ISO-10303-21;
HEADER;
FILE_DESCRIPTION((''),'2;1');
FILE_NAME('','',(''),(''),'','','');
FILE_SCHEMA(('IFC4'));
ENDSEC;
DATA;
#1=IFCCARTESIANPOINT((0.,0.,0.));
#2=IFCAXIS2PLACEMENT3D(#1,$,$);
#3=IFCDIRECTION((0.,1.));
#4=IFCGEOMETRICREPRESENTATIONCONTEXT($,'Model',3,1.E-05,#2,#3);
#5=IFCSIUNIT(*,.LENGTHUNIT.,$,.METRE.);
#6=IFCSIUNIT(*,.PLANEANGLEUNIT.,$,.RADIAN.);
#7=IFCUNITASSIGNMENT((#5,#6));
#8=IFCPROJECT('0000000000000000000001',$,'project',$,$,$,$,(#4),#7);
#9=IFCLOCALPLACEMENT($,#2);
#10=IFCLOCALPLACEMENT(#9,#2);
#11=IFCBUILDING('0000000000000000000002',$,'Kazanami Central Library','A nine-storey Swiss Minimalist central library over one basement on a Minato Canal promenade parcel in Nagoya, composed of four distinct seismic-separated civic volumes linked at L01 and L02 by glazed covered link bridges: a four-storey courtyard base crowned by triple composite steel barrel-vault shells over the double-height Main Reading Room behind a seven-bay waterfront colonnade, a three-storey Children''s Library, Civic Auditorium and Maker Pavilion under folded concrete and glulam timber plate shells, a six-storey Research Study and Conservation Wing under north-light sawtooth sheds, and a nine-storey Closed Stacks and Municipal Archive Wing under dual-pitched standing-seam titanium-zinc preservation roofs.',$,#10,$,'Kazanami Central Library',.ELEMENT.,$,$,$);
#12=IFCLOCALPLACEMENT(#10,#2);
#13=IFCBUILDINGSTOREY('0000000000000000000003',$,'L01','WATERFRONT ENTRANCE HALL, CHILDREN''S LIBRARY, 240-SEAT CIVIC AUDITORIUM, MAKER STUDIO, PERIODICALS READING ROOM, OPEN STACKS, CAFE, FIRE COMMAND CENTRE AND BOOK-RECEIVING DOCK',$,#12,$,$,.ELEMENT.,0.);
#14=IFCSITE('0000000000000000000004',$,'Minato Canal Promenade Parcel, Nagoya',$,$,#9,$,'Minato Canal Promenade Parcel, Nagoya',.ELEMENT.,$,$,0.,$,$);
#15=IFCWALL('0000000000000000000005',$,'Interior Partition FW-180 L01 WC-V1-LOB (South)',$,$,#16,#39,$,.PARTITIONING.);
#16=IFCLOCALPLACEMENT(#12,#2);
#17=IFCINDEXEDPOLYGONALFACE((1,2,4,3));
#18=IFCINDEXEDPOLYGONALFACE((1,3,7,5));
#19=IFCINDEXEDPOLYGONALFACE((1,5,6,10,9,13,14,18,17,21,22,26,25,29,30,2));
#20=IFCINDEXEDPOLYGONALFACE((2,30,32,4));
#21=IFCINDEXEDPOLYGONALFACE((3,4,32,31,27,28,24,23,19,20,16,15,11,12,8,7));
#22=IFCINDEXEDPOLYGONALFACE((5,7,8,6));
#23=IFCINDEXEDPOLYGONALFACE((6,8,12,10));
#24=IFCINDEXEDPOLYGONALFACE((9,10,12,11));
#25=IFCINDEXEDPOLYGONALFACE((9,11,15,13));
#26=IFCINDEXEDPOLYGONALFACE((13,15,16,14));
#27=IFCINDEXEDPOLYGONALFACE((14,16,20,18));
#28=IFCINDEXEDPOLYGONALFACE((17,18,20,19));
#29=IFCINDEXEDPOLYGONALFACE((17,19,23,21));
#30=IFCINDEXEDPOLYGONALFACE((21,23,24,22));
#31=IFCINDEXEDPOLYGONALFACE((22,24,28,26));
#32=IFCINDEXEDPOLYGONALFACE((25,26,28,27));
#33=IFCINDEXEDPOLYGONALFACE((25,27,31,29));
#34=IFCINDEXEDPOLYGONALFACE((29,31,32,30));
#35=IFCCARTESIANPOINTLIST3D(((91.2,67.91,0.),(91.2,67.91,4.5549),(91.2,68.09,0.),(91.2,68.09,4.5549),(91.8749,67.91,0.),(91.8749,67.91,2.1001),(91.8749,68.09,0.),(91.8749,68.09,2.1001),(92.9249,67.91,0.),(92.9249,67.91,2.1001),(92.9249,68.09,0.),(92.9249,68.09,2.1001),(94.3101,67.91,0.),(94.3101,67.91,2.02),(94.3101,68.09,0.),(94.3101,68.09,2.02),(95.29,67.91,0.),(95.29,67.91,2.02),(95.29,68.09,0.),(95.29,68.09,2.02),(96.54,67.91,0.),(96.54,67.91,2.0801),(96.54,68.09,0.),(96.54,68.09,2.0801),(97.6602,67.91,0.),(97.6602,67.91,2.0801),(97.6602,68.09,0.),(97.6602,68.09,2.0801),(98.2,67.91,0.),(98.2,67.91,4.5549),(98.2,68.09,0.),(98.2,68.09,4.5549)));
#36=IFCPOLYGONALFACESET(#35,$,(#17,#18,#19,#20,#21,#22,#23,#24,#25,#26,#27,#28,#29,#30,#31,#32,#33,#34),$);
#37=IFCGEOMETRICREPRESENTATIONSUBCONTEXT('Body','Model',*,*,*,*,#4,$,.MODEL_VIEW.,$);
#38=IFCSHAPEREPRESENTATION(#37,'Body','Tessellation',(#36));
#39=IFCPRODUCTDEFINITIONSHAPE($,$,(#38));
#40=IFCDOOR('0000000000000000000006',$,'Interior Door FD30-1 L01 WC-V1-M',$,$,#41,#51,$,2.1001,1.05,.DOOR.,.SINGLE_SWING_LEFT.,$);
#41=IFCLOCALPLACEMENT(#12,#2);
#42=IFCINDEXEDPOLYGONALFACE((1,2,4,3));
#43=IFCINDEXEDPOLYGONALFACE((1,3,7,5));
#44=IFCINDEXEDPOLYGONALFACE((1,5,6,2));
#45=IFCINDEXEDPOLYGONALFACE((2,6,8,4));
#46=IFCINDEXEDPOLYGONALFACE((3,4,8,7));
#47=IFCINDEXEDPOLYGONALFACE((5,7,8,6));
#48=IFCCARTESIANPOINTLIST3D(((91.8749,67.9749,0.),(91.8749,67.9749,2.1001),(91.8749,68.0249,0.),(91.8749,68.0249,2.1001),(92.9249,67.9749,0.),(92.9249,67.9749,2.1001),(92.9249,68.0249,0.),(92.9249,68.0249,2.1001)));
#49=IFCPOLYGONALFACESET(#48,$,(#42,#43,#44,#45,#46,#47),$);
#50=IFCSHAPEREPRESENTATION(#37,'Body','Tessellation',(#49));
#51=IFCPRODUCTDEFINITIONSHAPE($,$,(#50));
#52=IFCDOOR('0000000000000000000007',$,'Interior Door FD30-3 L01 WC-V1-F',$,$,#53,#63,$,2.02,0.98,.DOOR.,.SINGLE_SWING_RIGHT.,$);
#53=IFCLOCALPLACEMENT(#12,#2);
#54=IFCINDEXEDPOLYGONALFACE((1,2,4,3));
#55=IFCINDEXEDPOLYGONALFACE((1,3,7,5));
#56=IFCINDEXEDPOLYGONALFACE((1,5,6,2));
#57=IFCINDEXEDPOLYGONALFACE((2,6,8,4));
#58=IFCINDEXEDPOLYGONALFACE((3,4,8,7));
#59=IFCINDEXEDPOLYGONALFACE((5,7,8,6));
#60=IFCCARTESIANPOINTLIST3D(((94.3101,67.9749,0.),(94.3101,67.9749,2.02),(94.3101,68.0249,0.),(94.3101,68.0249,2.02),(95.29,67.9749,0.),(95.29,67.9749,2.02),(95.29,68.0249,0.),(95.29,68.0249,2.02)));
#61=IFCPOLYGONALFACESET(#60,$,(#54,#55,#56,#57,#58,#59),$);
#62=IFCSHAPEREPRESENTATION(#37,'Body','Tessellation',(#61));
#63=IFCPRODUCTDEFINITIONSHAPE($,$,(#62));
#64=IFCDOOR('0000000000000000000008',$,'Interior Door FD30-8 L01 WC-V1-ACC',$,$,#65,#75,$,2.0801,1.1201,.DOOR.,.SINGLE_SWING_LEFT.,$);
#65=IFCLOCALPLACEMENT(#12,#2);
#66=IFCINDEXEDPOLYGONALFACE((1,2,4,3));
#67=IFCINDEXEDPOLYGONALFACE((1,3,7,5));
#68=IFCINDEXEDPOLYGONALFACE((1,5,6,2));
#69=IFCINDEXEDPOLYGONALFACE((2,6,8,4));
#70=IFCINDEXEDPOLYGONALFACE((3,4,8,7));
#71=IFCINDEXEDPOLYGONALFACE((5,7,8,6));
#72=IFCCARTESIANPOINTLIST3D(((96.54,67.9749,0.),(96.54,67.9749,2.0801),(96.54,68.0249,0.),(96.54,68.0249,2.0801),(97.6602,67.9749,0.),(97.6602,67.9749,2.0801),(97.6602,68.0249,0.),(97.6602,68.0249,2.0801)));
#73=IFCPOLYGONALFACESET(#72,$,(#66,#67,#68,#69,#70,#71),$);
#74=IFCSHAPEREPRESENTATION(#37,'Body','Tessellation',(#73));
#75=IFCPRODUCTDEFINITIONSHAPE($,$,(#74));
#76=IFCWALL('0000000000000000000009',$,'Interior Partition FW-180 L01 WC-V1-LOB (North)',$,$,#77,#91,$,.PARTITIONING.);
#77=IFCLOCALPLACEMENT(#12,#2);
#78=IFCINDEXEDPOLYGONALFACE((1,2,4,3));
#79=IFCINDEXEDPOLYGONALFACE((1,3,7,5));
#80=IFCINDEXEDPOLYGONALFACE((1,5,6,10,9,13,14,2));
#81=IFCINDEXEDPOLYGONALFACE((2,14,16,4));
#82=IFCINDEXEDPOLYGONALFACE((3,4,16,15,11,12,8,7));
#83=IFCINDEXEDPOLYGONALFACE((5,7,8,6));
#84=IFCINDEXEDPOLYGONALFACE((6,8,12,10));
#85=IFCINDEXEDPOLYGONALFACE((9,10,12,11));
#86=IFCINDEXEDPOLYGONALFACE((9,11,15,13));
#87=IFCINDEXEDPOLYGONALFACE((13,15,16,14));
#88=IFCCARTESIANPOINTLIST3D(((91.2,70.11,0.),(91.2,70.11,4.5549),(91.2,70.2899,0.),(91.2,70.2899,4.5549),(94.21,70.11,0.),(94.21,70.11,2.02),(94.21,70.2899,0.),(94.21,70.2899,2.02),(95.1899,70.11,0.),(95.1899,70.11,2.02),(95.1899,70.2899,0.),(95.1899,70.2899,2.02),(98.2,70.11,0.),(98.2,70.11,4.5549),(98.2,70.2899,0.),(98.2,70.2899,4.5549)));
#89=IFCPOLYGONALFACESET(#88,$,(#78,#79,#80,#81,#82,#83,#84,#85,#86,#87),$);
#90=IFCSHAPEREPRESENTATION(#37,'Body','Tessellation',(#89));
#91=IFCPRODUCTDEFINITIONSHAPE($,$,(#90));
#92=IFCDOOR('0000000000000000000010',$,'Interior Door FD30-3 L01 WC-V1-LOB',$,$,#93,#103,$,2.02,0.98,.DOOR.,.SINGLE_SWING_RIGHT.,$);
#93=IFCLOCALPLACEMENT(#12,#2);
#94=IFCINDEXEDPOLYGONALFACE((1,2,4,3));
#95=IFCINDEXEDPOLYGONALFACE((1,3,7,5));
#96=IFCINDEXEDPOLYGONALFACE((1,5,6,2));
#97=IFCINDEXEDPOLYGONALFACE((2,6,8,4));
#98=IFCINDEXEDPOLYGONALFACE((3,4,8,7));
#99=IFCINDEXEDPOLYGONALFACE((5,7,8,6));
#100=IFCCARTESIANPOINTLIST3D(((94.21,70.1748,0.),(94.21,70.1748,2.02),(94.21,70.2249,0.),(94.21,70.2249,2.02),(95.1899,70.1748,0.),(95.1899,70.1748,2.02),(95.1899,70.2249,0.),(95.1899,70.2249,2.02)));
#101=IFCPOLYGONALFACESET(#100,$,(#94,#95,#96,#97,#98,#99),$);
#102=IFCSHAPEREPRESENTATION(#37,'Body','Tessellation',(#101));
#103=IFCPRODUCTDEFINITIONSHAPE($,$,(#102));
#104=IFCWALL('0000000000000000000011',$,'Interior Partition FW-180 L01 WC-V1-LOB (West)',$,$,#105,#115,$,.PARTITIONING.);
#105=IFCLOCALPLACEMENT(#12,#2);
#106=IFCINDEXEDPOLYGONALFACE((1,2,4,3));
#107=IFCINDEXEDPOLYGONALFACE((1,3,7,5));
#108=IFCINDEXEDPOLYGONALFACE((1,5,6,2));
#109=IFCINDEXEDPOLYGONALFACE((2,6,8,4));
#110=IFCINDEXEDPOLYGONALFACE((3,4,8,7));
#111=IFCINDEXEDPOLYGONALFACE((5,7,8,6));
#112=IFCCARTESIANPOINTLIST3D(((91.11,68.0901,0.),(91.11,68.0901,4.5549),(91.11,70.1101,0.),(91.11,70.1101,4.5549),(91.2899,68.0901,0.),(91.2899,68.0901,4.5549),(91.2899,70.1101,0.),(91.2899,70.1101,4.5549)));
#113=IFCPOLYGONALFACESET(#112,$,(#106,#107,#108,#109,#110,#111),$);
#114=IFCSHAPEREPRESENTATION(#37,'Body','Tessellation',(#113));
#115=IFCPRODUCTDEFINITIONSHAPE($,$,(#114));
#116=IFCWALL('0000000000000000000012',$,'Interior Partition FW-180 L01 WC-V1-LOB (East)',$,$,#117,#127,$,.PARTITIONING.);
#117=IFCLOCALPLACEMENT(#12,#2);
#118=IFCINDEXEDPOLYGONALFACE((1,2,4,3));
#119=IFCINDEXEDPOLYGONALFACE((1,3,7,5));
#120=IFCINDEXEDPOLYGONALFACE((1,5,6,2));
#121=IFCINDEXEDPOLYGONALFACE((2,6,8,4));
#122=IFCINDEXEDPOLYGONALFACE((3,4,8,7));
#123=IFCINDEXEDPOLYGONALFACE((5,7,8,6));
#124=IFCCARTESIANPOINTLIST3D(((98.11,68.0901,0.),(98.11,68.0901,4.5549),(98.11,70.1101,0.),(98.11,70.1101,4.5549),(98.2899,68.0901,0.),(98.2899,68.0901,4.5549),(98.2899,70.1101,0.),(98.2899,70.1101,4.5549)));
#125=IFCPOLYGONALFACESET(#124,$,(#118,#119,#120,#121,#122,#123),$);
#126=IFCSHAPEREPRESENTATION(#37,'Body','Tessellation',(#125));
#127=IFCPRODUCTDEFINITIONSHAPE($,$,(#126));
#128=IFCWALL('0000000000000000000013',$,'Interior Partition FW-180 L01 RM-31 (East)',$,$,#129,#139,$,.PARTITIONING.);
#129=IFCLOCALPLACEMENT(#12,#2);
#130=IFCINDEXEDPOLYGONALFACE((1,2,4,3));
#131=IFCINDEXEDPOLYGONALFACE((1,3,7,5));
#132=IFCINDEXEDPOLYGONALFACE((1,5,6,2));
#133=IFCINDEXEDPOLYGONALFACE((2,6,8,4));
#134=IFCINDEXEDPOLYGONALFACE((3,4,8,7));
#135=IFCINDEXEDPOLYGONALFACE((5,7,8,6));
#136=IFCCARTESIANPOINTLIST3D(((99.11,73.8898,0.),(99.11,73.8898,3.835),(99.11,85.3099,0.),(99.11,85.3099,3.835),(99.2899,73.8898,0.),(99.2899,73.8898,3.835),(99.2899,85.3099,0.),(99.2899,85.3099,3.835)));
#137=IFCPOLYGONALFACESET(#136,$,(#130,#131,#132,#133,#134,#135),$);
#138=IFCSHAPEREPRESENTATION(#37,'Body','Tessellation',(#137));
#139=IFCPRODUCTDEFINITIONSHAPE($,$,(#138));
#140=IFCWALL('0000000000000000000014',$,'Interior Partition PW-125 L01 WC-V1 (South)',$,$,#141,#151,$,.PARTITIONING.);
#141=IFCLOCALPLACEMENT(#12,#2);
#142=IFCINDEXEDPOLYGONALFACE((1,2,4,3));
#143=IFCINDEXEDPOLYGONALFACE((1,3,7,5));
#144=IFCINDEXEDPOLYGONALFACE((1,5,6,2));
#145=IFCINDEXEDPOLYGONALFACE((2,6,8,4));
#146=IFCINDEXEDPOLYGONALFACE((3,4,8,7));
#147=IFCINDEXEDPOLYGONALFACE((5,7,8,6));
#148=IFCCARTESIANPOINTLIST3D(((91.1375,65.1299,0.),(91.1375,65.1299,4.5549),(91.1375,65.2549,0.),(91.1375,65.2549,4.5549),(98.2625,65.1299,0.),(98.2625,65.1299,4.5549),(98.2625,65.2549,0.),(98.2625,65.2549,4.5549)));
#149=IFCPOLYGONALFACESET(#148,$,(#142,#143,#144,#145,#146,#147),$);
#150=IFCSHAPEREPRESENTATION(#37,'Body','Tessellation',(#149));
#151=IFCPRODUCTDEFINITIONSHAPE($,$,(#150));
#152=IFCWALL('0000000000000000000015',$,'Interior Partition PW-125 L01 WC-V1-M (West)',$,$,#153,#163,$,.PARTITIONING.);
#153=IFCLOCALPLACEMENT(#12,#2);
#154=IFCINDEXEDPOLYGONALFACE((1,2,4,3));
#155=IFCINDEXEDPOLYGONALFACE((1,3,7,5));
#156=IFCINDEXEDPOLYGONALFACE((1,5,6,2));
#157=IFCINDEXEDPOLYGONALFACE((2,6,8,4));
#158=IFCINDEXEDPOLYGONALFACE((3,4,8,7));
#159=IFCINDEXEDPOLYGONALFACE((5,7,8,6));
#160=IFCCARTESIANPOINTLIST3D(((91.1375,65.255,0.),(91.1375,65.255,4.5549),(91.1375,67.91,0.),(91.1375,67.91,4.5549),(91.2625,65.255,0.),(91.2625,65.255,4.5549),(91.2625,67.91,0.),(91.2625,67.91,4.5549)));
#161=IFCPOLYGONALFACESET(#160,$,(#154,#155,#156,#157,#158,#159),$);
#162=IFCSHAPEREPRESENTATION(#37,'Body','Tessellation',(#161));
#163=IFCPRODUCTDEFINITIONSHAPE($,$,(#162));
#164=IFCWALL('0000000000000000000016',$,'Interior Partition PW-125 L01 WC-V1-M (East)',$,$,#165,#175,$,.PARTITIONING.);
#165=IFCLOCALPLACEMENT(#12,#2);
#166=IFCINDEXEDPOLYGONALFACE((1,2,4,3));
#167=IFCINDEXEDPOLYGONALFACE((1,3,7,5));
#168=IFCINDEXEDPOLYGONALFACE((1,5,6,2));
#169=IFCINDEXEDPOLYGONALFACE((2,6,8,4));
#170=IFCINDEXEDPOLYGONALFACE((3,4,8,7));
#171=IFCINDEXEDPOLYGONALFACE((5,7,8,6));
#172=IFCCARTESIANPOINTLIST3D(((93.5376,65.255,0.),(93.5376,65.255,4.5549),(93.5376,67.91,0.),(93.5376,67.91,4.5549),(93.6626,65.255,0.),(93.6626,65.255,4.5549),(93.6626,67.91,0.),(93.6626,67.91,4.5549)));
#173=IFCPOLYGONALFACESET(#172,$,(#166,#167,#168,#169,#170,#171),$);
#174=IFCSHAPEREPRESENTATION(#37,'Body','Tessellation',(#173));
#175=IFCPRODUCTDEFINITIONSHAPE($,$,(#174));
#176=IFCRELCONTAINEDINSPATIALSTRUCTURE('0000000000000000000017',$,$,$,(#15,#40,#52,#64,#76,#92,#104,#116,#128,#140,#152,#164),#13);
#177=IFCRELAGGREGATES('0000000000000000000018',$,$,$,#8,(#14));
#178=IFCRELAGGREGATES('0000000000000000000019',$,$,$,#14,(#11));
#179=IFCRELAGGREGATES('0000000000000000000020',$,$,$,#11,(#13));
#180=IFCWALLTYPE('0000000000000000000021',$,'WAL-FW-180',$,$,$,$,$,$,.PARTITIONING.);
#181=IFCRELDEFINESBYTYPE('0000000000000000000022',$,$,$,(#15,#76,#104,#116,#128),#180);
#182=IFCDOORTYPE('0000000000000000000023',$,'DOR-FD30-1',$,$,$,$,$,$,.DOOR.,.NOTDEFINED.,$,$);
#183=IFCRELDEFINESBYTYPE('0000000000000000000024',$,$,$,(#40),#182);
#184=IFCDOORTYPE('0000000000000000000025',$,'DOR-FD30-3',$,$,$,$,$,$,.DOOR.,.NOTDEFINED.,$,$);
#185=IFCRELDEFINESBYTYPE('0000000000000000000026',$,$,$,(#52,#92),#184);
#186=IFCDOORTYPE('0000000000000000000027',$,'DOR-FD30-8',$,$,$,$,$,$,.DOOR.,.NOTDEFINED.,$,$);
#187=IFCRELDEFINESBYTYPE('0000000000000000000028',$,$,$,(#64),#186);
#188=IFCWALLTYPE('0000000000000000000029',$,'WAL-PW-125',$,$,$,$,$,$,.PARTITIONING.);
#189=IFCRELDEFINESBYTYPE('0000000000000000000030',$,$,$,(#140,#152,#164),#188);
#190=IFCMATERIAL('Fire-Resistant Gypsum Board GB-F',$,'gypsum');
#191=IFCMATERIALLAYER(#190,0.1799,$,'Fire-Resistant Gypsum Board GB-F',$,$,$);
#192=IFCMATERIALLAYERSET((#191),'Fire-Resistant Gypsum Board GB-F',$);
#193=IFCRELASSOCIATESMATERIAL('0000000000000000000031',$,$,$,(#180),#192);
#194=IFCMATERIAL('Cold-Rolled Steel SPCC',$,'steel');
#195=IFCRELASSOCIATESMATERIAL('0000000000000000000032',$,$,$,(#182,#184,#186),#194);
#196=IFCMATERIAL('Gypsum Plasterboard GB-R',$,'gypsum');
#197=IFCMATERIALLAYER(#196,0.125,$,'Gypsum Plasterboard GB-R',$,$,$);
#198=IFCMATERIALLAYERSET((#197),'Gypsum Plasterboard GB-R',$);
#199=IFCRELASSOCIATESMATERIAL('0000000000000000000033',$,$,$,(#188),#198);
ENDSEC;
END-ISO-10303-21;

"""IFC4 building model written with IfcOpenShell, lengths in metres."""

from ifc_helpers import new_model, si_unit, direction, frame, frame_2d, origin, place, context, subcontext, project, spatial, rectangle, extrude, material, layer, layer_set, type_object, element, fill, save


model = new_model("IFC4")

# Units and contexts
model_context = context("Model", 3, precision=1e-05, world=origin(), true_north=direction((0.0, 1.0)))
body_context = subcontext(model_context, "Body", "Model", "MODEL_VIEW")
ifc_project = project(units=[si_unit("LENGTHUNIT", "METRE"), si_unit("PLANEANGLEUNIT", "RADIAN")], contexts=[model_context])

# Site, building, storey
site_placement = place(None, origin())
site = spatial("IfcSite", under=ifc_project, at=site_placement, Name="Minato Canal Promenade Parcel, Nagoya", LongName="Minato Canal Promenade Parcel, Nagoya", CompositionType="ELEMENT", RefElevation=0.0)
building_placement = place(site_placement, origin())
building = spatial("IfcBuilding", under=site, at=building_placement, Name="Kazanami Central Library", Description="A nine-storey Swiss Minimalist central library over one basement on a Minato Canal promenade parcel in Nagoya, composed of four distinct seismic-separated civic volumes linked at L01 and L02 by glazed covered link bridges: a four-storey courtyard base crowned by triple composite steel barrel-vault shells over the double-height Main Reading Room behind a seven-bay waterfront colonnade, a three-storey Children's Library, Civic Auditorium and Maker Pavilion under folded concrete and glulam timber plate shells, a six-storey Research Study and Conservation Wing under north-light sawtooth sheds, and a nine-storey Closed Stacks and Municipal Archive Wing under dual-pitched standing-seam titanium-zinc preservation roofs.", LongName="Kazanami Central Library", CompositionType="ELEMENT")
storey_placement = place(building_placement, origin())
storey = spatial("IfcBuildingStorey", under=building, at=storey_placement, Name="L01", Description="WATERFRONT ENTRANCE HALL, CHILDREN'S LIBRARY, 240-SEAT CIVIC AUDITORIUM, MAKER STUDIO, PERIODICALS READING ROOM, OPEN STACKS, CAFE, FIRE COMMAND CENTRE AND BOOK-RECEIVING DOCK", CompositionType="ELEMENT", Elevation=0.0)

# Wall, openings, doors
ifc_material_1 = material(Name="Fire-Resistant Gypsum Board GB-F", Category="gypsum")
ifc_layer_1 = layer(ifc_material_1, 0.1799, Name="Fire-Resistant Gypsum Board GB-F")
ifc_layer_set_1 = layer_set([ifc_layer_1], Name="Fire-Resistant Gypsum Board GB-F")
wall_type_1 = type_object("IfcWallType", Name="WAL-FW-180", PredefinedType="PARTITIONING", material=ifc_layer_set_1)
wall_1_placement = place(storey_placement, frame((91.2, 68.0, 0.0), z_axis=(0.0, 0.0, 1.0), x_axis=(1.0, 0.0, 0.0)))
wall_1 = element("IfcWall", 1, at=wall_1_placement, inside=storey, type_object=wall_type_1, Name="Interior Partition FW-180 L01 WC-V1-LOB (South)", PredefinedType="PARTITIONING", context=body_context, shape_type="SweptSolid", body=[
    extrude(rectangle(XDim=7.0, YDim=0.1799, at=frame_2d((3.5, 0.0))), origin(), (0.0, 0.0, 1.0), 4.5549),
])
opening_1_placement = place(wall_1_placement, frame((0.675, 0.0, 0.0)))
opening_1 = element("IfcOpeningElement", 2, at=opening_1_placement, cuts=wall_1, PredefinedType="OPENING", context=body_context, shape_type="SweptSolid", body=[
    extrude(rectangle(XDim=1.05, YDim=2.1001, at=frame_2d((0.5249, 1.05))), frame((0.0, 0.1021, 0.0), z_axis=(0.0, -1.0, 0.0), x_axis=(1.0, 0.0, 0.0)), (0.0, 0.0, 1.0), 0.2039),
])
opening_2_placement = place(wall_1_placement, frame((3.1101, 0.0, 0.0)))
opening_2 = element("IfcOpeningElement", 3, at=opening_2_placement, cuts=wall_1, PredefinedType="OPENING", context=body_context, shape_type="SweptSolid", body=[
    extrude(rectangle(XDim=0.98, YDim=2.02, at=frame_2d((0.49, 1.01))), frame((0.0, 0.1021, 0.0), z_axis=(0.0, -1.0, 0.0), x_axis=(1.0, 0.0, 0.0)), (0.0, 0.0, 1.0), 0.2039),
])
opening_3_placement = place(wall_1_placement, frame((5.3401, 0.0, 0.0)))
opening_3 = element("IfcOpeningElement", 4, at=opening_3_placement, cuts=wall_1, PredefinedType="OPENING", context=body_context, shape_type="SweptSolid", body=[
    extrude(rectangle(XDim=1.1201, YDim=2.0801, at=frame_2d((0.5601, 1.04))), frame((0.0, 0.1021, 0.0), z_axis=(0.0, -1.0, 0.0), x_axis=(1.0, 0.0, 0.0)), (0.0, 0.0, 1.0), 0.2039),
])
ifc_material_2 = material(Name="Cold-Rolled Steel SPCC", Category="steel")
door_type_1 = type_object("IfcDoorType", Name="DOR-FD30-1", OperationType="NOTDEFINED", PredefinedType="DOOR", material=ifc_material_2)
door_1_placement = place(opening_1_placement, origin())
door_1 = element("IfcDoor", 5, at=door_1_placement, inside=storey, type_object=door_type_1, Name="Interior Door FD30-1 L01 WC-V1-M", OperationType="SINGLE_SWING_LEFT", OverallHeight=2.1001, OverallWidth=1.05, PredefinedType="DOOR", context=body_context, shape_type="SweptSolid", body=[
    extrude(rectangle(XDim=1.05, YDim=2.1001, at=frame_2d((0.5249, 1.05))), frame((0.0, 0.0249, 0.0), z_axis=(0.0, -1.0, 0.0), x_axis=(1.0, 0.0, 0.0)), (0.0, 0.0, 1.0), 0.05),
])
fill(opening_1, door_1)
door_type_2 = type_object("IfcDoorType", Name="DOR-FD30-3", OperationType="NOTDEFINED", PredefinedType="DOOR", material=ifc_material_2)
door_2_placement = place(opening_2_placement, origin())
door_2 = element("IfcDoor", 6, at=door_2_placement, inside=storey, type_object=door_type_2, Name="Interior Door FD30-3 L01 WC-V1-F", OperationType="SINGLE_SWING_RIGHT", OverallHeight=2.02, OverallWidth=0.98, PredefinedType="DOOR", context=body_context, shape_type="SweptSolid", body=[
    extrude(rectangle(XDim=0.98, YDim=2.02, at=frame_2d((0.49, 1.01))), frame((0.0, 0.0249, 0.0), z_axis=(0.0, -1.0, 0.0), x_axis=(1.0, 0.0, 0.0)), (0.0, 0.0, 1.0), 0.05),
])
fill(opening_2, door_2)
door_type_3 = type_object("IfcDoorType", Name="DOR-FD30-8", OperationType="NOTDEFINED", PredefinedType="DOOR", material=ifc_material_2)
door_3_placement = place(opening_3_placement, origin())
door_3 = element("IfcDoor", 7, at=door_3_placement, inside=storey, type_object=door_type_3, Name="Interior Door FD30-8 L01 WC-V1-ACC", OperationType="SINGLE_SWING_LEFT", OverallHeight=2.0801, OverallWidth=1.1201, PredefinedType="DOOR", context=body_context, shape_type="SweptSolid", body=[
    extrude(rectangle(XDim=1.1201, YDim=2.0801, at=frame_2d((0.5601, 1.04))), frame((0.0, 0.0249, 0.0), z_axis=(0.0, -1.0, 0.0), x_axis=(1.0, 0.0, 0.0)), (0.0, 0.0, 1.0), 0.05),
])
fill(opening_3, door_3)

# Wall, opening, door
wall_2_placement = place(storey_placement, frame((91.2, 70.2, 0.0), z_axis=(0.0, 0.0, 1.0), x_axis=(1.0, 0.0, 0.0)))
wall_2 = element("IfcWall", 8, at=wall_2_placement, inside=storey, type_object=wall_type_1, Name="Interior Partition FW-180 L01 WC-V1-LOB (North)", PredefinedType="PARTITIONING", context=body_context, shape_type="SweptSolid", body=[
    extrude(rectangle(XDim=7.0, YDim=0.1799, at=frame_2d((3.5, 0.0))), origin(), (0.0, 0.0, 1.0), 4.5549),
])
opening_4_placement = place(wall_2_placement, frame((3.01, 0.0, 0.0)))
opening_4 = element("IfcOpeningElement", 9, at=opening_4_placement, cuts=wall_2, PredefinedType="OPENING", context=body_context, shape_type="SweptSolid", body=[
    extrude(rectangle(XDim=0.98, YDim=2.02, at=frame_2d((0.49, 1.01))), frame((0.0, 0.1021, 0.0), z_axis=(0.0, -1.0, 0.0), x_axis=(1.0, 0.0, 0.0)), (0.0, 0.0, 1.0), 0.2039),
])
door_4_placement = place(opening_4_placement, origin())
door_4 = element("IfcDoor", 10, at=door_4_placement, inside=storey, type_object=door_type_2, Name="Interior Door FD30-3 L01 WC-V1-LOB", OperationType="SINGLE_SWING_RIGHT", OverallHeight=2.02, OverallWidth=0.98, PredefinedType="DOOR", context=body_context, shape_type="SweptSolid", body=[
    extrude(rectangle(XDim=0.98, YDim=2.02, at=frame_2d((0.49, 1.01))), frame((0.0, 0.0249, 0.0), z_axis=(0.0, -1.0, 0.0), x_axis=(1.0, 0.0, 0.0)), (0.0, 0.0, 1.0), 0.05),
])
fill(opening_4, door_4)

# Walls
for number, where, z_axis, x_axis, name in (
    (11, (91.2, 68.0901, 0.0), (0.0, 0.0, 1.0), (0.0, 1.0, 0.0), "Interior Partition FW-180 L01 WC-V1-LOB (West)"),
    (12, (98.2, 68.0901, 0.0), (0.0, 0.0, 1.0), (0.0, 1.0, 0.0), "Interior Partition FW-180 L01 WC-V1-LOB (East)"),
):
    element("IfcWall", number, at=place(storey_placement, frame(where, z_axis=z_axis, x_axis=x_axis)), inside=storey, type_object=wall_type_1, Name=name, PredefinedType="PARTITIONING", context=body_context, shape_type="SweptSolid", body=[
        extrude(rectangle(XDim=2.02, YDim=0.1799, at=frame_2d((1.01, 0.0))), origin(), (0.0, 0.0, 1.0), 4.5549),
    ])
wall_3_placement = place(storey_placement, frame((99.2, 73.8899, 0.0), z_axis=(0.0, 0.0, 1.0), x_axis=(0.0, 1.0, 0.0)))
element("IfcWall", 13, at=wall_3_placement, inside=storey, type_object=wall_type_1, Name="Interior Partition FW-180 L01 RM-31 (East)", PredefinedType="PARTITIONING", context=body_context, shape_type="SweptSolid", body=[
    extrude(rectangle(XDim=11.4202, YDim=0.1799, at=frame_2d((5.71, 0.0))), origin(), (0.0, 0.0, 1.0), 3.835),
])
ifc_material_3 = material(Name="Gypsum Plasterboard GB-R", Category="gypsum")
ifc_layer_2 = layer(ifc_material_3, 0.125, Name="Gypsum Plasterboard GB-R")
ifc_layer_set_2 = layer_set([ifc_layer_2], Name="Gypsum Plasterboard GB-R")
wall_type_2 = type_object("IfcWallType", Name="WAL-PW-125", PredefinedType="PARTITIONING", material=ifc_layer_set_2)
wall_4_placement = place(storey_placement, frame((91.1375, 65.1924, 0.0), z_axis=(0.0, 0.0, 1.0), x_axis=(1.0, 0.0, 0.0)))
element("IfcWall", 14, at=wall_4_placement, inside=storey, type_object=wall_type_2, Name="Interior Partition PW-125 L01 WC-V1 (South)", PredefinedType="PARTITIONING", context=body_context, shape_type="SweptSolid", body=[
    extrude(rectangle(XDim=7.125, YDim=0.125, at=frame_2d((3.5625, 0.0))), origin(), (0.0, 0.0, 1.0), 4.5549),
])
for number, where, z_axis, x_axis, name in (
    (15, (91.2, 65.2549, 0.0), (0.0, 0.0, 1.0), (0.0, 1.0, 0.0), "Interior Partition PW-125 L01 WC-V1-M (West)"),
    (16, (93.6001, 65.2549, 0.0), (0.0, 0.0, 1.0), (0.0, 1.0, 0.0), "Interior Partition PW-125 L01 WC-V1-M (East)"),
):
    element("IfcWall", number, at=place(storey_placement, frame(where, z_axis=z_axis, x_axis=x_axis)), inside=storey, type_object=wall_type_2, Name=name, PredefinedType="PARTITIONING", context=body_context, shape_type="SweptSolid", body=[
        extrude(rectangle(XDim=2.655, YDim=0.125, at=frame_2d((1.3276, 0.0))), origin(), (0.0, 0.0, 1.0), 4.5549),
    ])

save(model, "model.ifc")
